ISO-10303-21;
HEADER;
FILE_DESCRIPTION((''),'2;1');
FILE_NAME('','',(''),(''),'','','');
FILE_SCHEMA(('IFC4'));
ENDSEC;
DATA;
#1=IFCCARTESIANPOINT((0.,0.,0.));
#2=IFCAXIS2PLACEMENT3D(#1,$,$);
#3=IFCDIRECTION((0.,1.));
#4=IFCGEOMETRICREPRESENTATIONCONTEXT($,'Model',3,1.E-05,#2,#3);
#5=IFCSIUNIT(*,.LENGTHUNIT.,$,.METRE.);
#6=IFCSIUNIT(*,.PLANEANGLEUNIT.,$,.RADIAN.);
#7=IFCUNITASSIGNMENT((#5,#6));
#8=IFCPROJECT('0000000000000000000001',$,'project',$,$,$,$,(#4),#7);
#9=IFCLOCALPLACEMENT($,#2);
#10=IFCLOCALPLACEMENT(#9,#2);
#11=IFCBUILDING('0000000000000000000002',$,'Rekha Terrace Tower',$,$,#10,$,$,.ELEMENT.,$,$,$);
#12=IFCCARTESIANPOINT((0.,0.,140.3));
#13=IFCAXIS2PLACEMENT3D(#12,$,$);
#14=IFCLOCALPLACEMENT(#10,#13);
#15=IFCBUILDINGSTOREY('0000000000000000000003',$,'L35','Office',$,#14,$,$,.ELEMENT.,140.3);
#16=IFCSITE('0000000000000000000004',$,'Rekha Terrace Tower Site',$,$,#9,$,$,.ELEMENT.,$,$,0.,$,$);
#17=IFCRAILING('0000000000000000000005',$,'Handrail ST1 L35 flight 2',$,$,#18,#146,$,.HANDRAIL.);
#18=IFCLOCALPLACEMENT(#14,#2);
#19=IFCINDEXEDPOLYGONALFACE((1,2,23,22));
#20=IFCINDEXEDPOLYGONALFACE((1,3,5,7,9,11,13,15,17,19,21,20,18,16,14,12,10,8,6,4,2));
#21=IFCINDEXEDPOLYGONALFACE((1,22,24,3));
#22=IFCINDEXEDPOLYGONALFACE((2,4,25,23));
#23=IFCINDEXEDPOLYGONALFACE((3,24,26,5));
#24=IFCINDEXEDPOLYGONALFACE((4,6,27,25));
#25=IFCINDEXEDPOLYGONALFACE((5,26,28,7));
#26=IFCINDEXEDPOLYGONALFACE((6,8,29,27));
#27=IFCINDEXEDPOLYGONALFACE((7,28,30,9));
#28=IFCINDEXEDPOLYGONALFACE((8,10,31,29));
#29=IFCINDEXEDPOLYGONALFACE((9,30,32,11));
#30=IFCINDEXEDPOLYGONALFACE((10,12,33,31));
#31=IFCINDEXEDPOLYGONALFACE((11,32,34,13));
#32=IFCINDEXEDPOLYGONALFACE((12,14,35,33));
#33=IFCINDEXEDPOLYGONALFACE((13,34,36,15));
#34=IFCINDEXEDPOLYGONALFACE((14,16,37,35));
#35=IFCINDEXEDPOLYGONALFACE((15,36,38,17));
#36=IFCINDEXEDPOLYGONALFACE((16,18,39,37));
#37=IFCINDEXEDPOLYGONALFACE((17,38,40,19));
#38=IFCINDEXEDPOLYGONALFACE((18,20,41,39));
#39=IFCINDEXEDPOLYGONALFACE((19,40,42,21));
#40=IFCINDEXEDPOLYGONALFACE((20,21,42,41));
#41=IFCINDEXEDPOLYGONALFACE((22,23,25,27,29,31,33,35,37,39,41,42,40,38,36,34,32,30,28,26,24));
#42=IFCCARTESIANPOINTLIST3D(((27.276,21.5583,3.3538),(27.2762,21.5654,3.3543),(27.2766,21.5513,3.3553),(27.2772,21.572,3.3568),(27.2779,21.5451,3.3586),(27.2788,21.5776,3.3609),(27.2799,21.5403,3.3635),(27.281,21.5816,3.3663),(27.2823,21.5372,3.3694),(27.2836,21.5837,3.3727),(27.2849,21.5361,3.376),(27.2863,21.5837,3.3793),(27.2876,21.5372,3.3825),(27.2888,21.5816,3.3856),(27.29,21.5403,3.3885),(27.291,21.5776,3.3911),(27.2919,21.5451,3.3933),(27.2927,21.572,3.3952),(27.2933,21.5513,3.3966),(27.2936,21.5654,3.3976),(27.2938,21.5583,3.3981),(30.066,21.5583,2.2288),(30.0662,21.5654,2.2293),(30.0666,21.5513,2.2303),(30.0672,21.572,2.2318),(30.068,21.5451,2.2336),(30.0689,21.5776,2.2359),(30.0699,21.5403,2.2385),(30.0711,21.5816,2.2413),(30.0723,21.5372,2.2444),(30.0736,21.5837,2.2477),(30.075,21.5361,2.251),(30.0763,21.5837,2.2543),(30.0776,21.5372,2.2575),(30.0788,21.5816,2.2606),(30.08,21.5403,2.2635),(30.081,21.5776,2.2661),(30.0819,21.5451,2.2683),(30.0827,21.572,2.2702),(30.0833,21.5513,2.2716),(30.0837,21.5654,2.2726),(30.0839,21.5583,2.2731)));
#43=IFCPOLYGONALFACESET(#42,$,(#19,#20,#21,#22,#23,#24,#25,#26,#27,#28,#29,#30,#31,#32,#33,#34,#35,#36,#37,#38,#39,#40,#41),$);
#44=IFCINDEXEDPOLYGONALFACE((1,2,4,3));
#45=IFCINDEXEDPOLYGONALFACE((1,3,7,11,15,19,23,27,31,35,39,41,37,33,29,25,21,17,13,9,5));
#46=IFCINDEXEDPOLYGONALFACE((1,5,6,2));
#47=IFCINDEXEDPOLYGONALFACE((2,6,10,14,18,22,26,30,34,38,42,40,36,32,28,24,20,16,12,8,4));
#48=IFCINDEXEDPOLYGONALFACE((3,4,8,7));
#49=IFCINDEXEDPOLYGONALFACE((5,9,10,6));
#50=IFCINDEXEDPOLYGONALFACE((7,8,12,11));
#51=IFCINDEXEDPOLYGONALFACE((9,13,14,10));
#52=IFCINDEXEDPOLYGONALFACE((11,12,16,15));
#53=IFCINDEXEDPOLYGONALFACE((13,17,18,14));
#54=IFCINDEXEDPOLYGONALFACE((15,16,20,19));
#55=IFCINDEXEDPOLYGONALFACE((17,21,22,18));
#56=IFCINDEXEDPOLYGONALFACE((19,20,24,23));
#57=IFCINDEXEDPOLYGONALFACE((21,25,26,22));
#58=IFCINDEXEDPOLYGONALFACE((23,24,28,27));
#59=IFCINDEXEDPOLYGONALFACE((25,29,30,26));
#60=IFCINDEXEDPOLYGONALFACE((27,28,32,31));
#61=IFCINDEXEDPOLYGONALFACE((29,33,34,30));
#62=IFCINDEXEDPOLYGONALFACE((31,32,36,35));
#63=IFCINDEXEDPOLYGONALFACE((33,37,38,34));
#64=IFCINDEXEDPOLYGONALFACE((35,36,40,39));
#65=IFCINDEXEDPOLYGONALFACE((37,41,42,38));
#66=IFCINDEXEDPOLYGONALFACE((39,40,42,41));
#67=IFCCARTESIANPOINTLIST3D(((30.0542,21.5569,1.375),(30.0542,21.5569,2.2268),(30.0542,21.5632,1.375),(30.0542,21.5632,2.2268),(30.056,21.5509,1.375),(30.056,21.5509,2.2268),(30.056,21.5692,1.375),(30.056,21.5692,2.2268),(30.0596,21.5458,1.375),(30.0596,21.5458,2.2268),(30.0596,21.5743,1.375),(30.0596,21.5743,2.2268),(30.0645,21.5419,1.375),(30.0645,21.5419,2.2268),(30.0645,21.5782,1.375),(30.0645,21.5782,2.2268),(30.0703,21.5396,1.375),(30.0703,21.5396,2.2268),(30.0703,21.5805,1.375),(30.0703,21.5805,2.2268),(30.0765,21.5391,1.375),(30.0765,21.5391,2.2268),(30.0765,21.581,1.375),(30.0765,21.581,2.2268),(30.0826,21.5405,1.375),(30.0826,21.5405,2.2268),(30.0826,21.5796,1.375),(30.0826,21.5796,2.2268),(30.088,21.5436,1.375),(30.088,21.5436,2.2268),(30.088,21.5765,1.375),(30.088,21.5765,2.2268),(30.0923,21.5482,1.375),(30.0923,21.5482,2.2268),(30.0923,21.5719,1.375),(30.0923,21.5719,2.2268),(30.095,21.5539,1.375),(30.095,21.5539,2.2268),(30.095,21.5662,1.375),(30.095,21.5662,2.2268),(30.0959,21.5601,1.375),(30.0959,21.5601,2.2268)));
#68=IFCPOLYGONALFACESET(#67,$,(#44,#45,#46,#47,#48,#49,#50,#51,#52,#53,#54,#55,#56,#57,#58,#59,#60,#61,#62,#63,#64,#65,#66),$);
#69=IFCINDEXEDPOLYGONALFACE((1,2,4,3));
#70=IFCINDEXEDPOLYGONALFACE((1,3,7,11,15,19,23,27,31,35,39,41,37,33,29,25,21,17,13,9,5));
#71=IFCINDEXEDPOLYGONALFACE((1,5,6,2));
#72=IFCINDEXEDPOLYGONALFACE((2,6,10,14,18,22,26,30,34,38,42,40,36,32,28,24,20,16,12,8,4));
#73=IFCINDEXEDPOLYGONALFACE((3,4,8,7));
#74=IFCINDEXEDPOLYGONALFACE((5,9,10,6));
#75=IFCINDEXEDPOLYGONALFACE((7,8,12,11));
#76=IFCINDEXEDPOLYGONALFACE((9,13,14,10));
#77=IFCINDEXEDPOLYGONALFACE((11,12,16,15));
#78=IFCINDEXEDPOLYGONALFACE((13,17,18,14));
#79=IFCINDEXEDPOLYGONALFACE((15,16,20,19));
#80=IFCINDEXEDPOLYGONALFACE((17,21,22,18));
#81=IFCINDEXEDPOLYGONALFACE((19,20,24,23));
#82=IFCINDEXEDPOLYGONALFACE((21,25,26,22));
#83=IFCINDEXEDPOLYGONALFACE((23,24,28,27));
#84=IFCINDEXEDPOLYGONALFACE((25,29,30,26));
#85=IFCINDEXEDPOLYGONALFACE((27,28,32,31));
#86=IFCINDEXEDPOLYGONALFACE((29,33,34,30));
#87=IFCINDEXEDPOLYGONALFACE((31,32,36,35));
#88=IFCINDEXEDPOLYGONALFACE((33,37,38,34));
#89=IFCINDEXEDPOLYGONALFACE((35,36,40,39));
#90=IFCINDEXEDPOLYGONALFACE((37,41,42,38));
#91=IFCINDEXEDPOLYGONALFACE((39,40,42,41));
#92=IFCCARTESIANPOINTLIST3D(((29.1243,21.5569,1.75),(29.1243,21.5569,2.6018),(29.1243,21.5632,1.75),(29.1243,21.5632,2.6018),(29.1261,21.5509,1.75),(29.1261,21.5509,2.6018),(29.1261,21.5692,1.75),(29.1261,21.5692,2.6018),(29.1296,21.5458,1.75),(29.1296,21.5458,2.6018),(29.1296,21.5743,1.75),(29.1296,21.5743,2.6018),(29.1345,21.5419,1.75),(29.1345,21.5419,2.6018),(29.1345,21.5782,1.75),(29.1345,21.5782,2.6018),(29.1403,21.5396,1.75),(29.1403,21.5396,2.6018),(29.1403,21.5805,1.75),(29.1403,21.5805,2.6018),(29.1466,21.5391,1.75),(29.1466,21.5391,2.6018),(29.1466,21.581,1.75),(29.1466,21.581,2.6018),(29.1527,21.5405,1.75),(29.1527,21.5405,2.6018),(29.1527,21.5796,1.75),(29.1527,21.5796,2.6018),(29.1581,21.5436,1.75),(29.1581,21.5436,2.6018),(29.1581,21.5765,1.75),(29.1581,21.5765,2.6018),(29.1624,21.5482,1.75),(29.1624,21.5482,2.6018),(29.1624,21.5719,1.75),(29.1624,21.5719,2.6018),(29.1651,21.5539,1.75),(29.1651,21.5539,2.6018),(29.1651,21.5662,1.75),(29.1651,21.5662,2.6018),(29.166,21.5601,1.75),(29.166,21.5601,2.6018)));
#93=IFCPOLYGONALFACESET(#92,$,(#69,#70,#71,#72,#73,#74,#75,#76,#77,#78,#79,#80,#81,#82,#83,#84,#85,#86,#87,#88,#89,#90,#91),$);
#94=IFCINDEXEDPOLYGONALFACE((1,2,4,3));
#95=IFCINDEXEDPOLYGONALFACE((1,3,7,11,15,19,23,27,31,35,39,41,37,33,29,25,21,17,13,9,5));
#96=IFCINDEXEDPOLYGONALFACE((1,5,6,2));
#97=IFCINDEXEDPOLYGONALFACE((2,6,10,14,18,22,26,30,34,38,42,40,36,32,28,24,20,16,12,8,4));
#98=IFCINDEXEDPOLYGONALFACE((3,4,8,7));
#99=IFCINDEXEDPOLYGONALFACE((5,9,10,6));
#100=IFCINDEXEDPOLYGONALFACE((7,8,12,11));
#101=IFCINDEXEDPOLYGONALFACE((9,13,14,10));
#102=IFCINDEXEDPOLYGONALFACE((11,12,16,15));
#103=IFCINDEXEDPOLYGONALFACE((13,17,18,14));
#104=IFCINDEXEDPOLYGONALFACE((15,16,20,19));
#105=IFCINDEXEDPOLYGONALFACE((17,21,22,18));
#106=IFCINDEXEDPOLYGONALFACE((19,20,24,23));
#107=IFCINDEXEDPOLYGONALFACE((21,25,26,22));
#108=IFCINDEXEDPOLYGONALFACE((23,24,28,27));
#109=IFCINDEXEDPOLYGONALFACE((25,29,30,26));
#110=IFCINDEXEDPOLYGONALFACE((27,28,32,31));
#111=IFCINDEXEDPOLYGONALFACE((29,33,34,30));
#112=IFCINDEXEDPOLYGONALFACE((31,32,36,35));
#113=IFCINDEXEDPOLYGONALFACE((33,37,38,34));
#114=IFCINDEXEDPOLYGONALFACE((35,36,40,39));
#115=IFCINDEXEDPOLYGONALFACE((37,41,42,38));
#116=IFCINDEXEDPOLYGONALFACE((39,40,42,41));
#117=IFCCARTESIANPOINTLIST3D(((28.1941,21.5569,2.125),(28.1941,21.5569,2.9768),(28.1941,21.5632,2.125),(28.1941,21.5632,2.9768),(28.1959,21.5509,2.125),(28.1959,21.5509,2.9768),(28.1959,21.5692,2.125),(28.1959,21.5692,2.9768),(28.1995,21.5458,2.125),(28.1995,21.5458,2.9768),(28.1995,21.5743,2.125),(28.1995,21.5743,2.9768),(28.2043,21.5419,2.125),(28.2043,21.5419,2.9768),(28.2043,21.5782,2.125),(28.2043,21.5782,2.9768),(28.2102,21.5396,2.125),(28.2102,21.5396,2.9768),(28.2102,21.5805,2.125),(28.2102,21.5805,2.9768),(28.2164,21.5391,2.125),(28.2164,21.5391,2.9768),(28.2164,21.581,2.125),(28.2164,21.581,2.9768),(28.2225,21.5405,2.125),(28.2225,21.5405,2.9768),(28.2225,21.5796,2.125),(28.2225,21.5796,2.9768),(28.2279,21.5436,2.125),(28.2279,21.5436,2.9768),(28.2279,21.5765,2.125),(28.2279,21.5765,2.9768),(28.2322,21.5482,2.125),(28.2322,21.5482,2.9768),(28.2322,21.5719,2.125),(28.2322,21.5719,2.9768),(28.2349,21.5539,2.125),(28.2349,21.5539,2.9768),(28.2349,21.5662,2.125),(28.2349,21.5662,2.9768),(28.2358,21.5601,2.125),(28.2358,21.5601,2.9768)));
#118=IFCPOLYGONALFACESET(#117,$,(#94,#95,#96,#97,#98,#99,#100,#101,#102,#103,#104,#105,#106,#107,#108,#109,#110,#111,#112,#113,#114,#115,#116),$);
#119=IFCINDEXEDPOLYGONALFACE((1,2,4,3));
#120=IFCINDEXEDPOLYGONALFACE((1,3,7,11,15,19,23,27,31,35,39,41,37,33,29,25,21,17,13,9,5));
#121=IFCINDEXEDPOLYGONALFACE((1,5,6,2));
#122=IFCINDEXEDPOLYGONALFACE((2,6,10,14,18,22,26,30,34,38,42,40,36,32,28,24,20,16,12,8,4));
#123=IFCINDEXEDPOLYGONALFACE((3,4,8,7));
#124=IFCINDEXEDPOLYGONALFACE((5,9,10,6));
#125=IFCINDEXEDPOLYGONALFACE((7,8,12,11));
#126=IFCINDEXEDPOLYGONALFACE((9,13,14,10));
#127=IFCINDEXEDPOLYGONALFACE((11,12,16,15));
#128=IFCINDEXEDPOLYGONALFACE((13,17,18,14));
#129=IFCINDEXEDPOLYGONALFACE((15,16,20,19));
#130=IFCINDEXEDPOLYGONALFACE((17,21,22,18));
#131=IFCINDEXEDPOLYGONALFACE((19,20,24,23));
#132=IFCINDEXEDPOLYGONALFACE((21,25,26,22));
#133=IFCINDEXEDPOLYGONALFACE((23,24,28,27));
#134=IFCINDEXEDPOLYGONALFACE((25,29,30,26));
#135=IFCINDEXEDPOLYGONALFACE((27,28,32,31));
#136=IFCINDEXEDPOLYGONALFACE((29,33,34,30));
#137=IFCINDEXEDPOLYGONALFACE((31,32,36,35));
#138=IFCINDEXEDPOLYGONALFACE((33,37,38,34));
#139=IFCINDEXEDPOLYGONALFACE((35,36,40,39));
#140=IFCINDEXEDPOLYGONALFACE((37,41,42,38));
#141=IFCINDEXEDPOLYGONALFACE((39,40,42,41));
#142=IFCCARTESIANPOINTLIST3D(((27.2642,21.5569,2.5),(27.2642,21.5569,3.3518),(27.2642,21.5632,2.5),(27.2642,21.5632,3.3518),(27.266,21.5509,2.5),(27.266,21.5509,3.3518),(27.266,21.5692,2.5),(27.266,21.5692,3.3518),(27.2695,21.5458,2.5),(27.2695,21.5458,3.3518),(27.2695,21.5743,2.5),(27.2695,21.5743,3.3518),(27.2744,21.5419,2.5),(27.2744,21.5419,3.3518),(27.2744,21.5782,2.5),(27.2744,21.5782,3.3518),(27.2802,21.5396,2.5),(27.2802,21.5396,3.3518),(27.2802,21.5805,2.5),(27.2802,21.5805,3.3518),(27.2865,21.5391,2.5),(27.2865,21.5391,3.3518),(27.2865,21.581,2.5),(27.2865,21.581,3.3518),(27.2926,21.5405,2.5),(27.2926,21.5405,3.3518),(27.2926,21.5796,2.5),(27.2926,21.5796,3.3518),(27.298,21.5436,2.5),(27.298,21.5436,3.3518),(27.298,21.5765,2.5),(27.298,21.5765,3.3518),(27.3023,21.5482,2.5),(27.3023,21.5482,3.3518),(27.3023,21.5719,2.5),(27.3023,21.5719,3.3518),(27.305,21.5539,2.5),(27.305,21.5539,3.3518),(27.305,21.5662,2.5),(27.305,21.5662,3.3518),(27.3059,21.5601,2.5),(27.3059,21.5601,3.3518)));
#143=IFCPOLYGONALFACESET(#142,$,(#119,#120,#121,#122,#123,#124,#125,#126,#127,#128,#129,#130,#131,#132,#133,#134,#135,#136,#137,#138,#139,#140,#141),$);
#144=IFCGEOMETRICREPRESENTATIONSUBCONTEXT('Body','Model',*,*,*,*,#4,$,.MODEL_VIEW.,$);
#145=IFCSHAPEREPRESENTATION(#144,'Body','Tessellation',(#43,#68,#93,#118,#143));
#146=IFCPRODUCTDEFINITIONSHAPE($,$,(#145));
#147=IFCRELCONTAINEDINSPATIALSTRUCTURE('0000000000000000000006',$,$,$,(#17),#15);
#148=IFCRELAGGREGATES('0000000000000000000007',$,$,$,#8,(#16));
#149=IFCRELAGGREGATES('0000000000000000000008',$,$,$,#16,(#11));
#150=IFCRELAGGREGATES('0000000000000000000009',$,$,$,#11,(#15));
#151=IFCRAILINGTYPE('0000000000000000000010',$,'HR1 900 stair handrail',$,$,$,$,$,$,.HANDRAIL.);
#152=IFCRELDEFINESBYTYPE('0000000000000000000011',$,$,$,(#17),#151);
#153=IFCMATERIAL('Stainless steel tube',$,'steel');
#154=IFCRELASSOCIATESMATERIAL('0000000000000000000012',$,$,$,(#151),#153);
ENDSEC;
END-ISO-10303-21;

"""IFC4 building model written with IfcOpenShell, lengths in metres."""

from ifc_helpers import new_model, si_unit, direction, frame, origin, origin_2d, place, context, subcontext, project, spatial, circle, extrude, material, type_object, element, save


model = new_model("IFC4")

# Units and contexts
model_context = context("Model", 3, precision=1e-05, world=origin(), true_north=direction((0.0, 1.0)))
body_context = subcontext(model_context, "Body", "Model", "MODEL_VIEW")
ifc_project = project(units=[si_unit("LENGTHUNIT", "METRE"), si_unit("PLANEANGLEUNIT", "RADIAN")], contexts=[model_context])

# Site, building, storey
site_placement = place(None, origin())
site = spatial("IfcSite", under=ifc_project, at=site_placement, Name="Rekha Terrace Tower Site", CompositionType="ELEMENT", RefElevation=0.0)
building_placement = place(site_placement, origin())
building = spatial("IfcBuilding", under=site, at=building_placement, Name="Rekha Terrace Tower", CompositionType="ELEMENT")
storey_placement = place(building_placement, frame((0.0, 0.0, 140.3)))
storey = spatial("IfcBuildingStorey", under=building, at=storey_placement, Name="L35", Description="Office", CompositionType="ELEMENT", Elevation=140.3)

# Railing
ifc_material_1 = material(Name="Stainless steel tube", Category="steel")
railing_type_1 = type_object("IfcRailingType", Name="HR1 900 stair handrail", PredefinedType="HANDRAIL", material=ifc_material_1)
railing_1_placement = place(storey_placement, frame((30.075, 21.5601, 1.375)))
element("IfcRailing", 1, at=railing_1_placement, inside=storey, type_object=railing_type_1, Name="Handrail ST1 L35 flight 2", PredefinedType="HANDRAIL", context=body_context, shape_type="SweptSolid", body=[
    extrude(circle(Radius=0.0239, at=origin_2d()), frame((0.0, 0.0, 0.876), z_axis=(-0.927443, 0.0, 0.373964), x_axis=(0.0, -1.0, 0.0)), (0.0, 0.0, 1.0), 3.0083),
    extrude(circle(Radius=0.021, at=origin_2d()), origin(), (0.0, 0.0, 1.0), 0.8518),
    extrude(circle(Radius=0.021, at=origin_2d()), frame((-0.9299, 0.0, 0.375)), (0.0, 0.0, 1.0), 0.8518),
    extrude(circle(Radius=0.021, at=origin_2d()), frame((-1.8601, 0.0, 0.75)), (0.0, 0.0, 1.0), 0.8518),
    extrude(circle(Radius=0.021, at=origin_2d()), frame((-2.79, 0.0, 1.125)), (0.0, 0.0, 1.0), 0.8518),
])

save(model, "model.ifc")
